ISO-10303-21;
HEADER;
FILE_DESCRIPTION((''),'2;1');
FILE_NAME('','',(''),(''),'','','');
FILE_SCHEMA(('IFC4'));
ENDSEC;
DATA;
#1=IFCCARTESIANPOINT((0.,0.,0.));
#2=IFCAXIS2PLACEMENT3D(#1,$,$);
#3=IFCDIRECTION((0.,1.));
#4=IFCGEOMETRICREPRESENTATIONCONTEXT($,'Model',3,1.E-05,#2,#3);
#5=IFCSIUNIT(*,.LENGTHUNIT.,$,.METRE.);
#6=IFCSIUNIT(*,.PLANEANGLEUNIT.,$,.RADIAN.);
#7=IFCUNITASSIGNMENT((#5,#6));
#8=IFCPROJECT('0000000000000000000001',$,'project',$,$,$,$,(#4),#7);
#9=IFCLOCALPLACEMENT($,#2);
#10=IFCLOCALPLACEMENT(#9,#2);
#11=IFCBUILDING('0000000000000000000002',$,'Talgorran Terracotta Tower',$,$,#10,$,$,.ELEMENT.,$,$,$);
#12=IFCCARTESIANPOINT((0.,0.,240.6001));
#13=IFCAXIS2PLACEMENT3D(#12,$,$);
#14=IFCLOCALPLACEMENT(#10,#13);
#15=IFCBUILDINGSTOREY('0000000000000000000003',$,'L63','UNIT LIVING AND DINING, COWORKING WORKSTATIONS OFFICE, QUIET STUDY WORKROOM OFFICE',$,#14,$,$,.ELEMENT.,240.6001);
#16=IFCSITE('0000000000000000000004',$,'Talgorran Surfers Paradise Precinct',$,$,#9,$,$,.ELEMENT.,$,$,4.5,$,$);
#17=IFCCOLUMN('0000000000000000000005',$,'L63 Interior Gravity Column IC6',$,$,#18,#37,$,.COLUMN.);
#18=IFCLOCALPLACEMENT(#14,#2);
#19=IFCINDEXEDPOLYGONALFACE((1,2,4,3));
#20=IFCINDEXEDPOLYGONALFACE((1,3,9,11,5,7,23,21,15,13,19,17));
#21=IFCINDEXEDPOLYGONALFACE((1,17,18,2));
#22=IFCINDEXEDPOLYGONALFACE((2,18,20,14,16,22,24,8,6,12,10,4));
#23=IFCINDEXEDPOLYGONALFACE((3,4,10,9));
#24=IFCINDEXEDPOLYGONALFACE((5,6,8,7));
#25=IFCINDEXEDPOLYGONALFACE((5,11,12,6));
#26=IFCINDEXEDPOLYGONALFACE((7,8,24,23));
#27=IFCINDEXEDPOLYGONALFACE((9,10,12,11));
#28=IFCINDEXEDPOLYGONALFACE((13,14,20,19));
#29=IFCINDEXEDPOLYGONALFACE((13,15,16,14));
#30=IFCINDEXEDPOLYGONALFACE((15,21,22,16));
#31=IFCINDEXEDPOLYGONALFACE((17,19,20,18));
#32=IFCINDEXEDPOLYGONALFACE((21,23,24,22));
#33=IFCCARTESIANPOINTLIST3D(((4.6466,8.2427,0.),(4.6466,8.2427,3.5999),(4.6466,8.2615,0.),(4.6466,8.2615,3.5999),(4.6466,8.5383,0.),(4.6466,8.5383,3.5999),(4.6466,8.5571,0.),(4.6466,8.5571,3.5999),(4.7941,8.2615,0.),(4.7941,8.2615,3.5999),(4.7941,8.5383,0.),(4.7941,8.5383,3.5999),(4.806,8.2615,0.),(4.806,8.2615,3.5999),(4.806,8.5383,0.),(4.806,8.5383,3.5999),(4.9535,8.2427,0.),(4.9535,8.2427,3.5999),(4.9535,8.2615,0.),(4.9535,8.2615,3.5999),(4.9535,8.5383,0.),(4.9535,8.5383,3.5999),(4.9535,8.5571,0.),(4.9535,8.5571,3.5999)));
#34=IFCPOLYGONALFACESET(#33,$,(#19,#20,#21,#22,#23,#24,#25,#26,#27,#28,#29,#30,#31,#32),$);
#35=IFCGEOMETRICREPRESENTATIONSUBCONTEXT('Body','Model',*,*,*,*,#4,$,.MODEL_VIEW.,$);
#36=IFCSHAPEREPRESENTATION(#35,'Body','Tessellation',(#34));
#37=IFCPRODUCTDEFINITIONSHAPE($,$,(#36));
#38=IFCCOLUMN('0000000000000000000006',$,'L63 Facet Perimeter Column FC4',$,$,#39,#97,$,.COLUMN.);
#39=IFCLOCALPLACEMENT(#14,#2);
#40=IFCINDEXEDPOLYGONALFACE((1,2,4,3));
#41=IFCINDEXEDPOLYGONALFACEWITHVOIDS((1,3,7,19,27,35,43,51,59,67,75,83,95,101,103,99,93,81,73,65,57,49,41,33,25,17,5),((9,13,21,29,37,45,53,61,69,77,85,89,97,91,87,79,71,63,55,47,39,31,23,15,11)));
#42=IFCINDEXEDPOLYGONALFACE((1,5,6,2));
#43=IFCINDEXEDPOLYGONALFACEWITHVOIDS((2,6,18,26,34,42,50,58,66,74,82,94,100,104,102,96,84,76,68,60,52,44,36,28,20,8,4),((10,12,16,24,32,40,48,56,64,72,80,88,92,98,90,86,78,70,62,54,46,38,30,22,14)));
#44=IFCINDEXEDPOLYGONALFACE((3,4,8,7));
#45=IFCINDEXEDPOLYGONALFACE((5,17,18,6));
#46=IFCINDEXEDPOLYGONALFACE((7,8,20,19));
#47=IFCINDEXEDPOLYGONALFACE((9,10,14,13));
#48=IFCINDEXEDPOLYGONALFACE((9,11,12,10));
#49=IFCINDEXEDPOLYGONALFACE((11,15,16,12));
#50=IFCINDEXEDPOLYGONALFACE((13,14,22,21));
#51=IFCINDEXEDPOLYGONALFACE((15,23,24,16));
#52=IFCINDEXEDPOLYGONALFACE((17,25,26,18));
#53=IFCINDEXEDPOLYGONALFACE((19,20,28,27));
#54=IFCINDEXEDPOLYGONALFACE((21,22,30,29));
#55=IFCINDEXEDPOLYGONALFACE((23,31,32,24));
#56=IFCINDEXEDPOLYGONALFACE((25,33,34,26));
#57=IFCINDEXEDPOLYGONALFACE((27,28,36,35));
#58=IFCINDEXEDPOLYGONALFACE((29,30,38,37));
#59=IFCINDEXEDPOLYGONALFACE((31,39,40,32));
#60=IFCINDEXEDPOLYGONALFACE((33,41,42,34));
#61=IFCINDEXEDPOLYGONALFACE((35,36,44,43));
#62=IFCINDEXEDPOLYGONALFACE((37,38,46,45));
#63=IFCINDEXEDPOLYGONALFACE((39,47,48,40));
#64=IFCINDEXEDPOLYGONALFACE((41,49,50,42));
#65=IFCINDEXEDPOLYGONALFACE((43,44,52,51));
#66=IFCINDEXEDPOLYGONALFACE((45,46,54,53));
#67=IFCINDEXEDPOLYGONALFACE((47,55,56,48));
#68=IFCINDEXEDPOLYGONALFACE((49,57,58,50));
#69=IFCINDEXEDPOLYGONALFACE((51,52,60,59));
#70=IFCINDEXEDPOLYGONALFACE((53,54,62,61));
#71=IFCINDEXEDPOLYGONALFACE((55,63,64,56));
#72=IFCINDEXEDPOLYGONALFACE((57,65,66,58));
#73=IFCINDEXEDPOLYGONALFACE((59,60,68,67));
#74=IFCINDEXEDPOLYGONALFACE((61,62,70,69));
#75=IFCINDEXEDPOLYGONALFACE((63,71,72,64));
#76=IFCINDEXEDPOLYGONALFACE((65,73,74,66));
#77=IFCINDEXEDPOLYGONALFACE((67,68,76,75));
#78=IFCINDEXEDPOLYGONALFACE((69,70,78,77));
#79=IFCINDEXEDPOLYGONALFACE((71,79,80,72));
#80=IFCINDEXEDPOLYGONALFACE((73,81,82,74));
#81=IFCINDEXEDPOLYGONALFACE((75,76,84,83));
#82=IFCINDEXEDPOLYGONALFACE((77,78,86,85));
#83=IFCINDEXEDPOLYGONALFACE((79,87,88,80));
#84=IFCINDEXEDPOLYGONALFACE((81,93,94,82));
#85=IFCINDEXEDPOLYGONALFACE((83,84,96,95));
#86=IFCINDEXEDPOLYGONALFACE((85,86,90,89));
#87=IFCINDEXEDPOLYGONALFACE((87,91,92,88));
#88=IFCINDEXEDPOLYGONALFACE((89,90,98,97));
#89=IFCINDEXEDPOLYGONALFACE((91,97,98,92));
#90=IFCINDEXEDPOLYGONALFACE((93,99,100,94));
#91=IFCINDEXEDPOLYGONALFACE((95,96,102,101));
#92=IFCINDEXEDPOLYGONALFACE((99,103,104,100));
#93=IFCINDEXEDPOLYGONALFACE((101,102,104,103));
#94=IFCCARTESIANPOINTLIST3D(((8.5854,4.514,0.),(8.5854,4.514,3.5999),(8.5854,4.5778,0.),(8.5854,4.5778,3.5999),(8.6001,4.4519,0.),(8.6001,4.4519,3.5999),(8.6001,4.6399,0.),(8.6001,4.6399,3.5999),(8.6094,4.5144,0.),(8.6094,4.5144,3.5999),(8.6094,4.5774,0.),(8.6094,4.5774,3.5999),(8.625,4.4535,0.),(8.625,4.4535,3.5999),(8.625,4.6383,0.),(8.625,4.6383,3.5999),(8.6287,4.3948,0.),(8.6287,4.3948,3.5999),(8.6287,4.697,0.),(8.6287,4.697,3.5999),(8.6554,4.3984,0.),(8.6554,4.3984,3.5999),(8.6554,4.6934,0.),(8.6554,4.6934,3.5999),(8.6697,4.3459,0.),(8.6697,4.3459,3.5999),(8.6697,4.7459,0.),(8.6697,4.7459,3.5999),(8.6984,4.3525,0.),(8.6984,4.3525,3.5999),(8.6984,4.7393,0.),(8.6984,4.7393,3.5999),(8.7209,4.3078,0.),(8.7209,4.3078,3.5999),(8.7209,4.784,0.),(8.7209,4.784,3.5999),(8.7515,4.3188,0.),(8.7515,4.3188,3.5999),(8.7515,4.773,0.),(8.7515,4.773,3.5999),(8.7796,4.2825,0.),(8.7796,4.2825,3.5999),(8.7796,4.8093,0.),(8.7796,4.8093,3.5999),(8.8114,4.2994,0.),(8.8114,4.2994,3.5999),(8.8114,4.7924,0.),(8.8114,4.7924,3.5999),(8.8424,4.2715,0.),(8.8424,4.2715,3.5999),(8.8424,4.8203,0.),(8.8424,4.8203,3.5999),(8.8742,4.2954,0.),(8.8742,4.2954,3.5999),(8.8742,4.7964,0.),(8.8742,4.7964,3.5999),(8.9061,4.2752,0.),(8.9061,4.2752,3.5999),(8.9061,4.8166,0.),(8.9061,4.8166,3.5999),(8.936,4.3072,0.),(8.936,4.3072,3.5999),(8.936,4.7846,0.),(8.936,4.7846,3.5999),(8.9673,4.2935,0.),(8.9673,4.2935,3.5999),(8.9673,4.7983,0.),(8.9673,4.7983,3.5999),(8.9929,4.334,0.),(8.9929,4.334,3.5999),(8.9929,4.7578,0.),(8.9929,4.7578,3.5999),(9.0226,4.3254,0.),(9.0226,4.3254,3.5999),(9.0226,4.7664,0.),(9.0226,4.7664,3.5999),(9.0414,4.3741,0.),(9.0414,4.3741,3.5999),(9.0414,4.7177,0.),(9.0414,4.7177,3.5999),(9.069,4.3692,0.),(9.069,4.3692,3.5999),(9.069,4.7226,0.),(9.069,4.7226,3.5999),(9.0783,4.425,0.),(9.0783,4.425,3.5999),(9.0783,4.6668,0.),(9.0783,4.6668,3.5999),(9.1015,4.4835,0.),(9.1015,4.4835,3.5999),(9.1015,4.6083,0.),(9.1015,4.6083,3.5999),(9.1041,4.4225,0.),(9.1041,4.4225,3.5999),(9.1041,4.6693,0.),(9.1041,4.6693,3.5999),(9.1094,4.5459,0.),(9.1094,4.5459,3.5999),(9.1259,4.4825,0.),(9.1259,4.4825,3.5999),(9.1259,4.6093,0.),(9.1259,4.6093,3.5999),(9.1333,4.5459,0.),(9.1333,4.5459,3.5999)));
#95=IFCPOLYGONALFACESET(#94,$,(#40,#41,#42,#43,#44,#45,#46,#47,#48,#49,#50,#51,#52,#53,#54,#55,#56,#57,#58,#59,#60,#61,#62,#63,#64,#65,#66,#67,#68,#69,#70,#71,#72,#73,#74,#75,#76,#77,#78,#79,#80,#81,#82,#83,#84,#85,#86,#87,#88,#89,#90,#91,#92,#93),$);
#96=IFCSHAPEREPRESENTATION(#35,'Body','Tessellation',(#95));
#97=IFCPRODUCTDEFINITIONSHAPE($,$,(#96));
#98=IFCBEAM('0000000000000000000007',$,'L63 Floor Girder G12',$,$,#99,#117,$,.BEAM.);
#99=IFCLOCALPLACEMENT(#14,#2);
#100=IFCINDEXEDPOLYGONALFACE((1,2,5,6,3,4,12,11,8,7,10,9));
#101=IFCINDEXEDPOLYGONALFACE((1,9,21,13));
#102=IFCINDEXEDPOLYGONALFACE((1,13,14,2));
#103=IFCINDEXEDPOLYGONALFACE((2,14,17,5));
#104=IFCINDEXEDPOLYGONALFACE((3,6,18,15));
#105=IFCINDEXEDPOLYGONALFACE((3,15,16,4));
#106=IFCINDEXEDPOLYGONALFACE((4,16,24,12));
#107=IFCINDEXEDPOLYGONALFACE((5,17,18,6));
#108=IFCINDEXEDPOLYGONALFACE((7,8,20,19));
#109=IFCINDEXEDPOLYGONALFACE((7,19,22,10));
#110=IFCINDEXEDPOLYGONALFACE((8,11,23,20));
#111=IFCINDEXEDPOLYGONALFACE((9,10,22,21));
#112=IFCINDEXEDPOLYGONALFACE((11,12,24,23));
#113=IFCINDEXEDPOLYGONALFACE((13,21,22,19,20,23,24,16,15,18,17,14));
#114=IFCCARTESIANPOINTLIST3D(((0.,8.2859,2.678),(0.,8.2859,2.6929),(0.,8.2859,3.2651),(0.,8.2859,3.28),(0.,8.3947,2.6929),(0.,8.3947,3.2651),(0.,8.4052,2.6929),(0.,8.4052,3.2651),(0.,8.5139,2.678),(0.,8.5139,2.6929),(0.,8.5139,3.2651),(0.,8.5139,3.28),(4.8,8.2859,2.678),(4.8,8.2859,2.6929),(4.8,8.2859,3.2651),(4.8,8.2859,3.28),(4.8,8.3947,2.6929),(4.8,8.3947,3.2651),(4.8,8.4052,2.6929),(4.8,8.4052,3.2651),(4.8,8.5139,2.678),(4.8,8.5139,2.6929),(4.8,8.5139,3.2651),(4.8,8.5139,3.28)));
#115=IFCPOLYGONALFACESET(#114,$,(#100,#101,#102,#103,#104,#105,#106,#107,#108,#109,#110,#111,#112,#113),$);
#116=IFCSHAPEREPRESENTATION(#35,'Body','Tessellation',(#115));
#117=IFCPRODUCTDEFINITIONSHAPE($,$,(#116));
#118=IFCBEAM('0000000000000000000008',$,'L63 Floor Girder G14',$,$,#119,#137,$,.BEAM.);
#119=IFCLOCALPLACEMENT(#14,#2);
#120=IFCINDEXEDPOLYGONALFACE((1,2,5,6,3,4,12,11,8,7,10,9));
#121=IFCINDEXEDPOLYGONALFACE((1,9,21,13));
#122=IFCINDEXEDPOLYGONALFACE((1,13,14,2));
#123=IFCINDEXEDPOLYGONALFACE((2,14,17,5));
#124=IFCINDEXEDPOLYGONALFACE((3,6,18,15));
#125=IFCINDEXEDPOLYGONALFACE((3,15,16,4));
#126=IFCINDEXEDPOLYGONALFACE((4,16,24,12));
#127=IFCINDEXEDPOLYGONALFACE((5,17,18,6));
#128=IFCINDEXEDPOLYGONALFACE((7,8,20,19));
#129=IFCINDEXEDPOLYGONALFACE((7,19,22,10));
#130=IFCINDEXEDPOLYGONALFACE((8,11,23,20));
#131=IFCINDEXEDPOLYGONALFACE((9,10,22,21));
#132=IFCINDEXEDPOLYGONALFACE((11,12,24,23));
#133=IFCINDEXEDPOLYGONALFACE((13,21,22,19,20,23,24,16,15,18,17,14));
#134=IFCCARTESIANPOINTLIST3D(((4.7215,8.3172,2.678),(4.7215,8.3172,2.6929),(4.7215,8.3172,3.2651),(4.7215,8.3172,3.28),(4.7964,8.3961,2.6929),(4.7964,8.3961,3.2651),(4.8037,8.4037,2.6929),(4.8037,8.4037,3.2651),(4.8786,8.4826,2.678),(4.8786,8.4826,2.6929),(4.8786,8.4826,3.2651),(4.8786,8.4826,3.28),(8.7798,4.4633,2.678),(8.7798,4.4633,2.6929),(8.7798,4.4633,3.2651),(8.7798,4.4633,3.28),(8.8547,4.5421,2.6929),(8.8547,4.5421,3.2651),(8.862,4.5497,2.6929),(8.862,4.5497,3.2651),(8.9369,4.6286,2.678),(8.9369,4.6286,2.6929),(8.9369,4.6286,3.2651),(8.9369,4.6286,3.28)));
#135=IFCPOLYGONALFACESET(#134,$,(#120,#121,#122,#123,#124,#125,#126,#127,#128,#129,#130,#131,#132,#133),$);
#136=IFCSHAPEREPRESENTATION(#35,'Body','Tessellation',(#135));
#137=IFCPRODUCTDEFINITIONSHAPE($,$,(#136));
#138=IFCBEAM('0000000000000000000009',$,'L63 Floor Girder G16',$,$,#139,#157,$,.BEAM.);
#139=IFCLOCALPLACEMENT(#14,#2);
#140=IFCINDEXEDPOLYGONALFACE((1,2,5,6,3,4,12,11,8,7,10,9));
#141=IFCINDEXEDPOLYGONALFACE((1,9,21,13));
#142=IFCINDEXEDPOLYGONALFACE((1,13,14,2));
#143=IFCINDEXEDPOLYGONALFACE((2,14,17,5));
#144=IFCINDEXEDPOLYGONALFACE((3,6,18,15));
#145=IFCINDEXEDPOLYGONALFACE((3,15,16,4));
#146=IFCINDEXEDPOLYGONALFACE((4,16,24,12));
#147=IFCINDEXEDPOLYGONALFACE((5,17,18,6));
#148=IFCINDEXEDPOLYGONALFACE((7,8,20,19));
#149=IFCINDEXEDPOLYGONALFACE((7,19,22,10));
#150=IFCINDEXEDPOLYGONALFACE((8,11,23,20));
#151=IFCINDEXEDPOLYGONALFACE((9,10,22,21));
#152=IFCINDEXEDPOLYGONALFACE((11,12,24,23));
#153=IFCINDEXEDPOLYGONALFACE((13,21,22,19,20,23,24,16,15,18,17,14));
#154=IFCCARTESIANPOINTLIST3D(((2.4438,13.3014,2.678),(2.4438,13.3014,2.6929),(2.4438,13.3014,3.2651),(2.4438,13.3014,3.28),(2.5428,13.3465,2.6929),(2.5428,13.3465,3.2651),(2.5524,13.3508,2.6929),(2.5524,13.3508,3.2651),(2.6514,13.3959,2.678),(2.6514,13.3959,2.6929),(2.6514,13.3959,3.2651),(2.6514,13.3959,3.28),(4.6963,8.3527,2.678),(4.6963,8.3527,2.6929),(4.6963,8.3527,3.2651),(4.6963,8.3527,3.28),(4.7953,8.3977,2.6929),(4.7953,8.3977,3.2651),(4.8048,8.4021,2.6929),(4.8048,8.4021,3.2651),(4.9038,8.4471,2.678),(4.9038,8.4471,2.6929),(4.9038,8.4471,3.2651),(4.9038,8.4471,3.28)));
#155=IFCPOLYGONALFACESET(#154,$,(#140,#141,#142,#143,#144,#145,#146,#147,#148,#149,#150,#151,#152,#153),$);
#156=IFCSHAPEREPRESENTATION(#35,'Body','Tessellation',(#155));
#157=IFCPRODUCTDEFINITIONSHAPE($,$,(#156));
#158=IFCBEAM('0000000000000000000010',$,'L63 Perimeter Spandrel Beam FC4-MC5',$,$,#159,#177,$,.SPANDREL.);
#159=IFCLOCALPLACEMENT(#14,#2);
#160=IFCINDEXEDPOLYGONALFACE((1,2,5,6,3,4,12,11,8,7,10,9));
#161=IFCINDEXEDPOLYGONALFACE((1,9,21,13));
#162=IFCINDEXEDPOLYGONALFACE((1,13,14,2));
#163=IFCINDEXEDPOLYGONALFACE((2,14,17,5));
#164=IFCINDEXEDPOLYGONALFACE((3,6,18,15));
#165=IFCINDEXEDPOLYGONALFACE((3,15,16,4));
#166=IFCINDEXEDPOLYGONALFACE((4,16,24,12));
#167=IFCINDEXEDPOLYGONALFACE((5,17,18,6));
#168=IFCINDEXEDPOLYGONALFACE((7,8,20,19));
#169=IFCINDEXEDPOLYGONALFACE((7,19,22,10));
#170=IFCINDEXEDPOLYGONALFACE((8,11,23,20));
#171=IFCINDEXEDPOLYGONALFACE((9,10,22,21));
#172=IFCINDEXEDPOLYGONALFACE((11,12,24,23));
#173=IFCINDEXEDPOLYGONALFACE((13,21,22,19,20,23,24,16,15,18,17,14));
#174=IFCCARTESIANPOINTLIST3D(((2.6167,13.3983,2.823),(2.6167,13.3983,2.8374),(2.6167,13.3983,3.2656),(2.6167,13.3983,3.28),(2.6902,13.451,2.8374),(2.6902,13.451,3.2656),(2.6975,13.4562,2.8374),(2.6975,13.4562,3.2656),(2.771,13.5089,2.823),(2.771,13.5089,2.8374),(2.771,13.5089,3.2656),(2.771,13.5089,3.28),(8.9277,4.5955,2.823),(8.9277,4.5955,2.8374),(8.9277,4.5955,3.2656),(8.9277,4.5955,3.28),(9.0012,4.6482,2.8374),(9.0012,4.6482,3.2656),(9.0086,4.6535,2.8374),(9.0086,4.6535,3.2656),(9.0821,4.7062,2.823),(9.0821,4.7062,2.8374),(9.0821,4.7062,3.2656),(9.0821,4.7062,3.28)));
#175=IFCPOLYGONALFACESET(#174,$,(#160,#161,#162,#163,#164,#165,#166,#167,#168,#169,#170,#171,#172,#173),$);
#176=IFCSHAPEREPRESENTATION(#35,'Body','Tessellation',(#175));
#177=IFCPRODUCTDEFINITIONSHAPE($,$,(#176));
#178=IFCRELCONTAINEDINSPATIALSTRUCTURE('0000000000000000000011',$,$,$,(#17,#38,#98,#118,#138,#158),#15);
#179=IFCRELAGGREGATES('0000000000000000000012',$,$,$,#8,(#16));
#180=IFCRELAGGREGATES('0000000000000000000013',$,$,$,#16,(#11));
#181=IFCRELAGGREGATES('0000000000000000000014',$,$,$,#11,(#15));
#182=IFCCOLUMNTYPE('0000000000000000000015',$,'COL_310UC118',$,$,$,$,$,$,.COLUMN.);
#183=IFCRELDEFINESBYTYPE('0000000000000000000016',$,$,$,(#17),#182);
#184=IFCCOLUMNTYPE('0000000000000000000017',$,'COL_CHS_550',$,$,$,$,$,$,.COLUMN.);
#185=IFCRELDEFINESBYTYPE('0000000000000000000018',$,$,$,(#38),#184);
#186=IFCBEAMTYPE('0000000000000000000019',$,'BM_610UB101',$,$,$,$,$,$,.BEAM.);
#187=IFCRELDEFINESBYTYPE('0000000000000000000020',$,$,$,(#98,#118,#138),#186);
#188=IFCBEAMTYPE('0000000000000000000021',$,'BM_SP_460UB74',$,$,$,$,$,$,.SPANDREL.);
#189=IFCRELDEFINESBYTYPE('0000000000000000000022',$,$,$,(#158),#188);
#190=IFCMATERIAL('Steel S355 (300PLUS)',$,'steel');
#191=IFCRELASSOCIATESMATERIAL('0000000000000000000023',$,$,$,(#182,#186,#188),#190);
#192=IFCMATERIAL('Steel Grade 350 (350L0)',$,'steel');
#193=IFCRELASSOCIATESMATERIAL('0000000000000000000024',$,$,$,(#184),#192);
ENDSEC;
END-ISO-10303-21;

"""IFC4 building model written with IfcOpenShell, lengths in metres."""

from ifc_helpers import new_model, si_unit, direction, frame, origin, origin_2d, place, context, subcontext, project, spatial, hollow_circle, i_section, extrude, material, material_profile, profile_set, type_object, element, save


model = new_model("IFC4")

# Units and contexts
model_context = context("Model", 3, precision=1e-05, world=origin(), true_north=direction((0.0, 1.0)))
body_context = subcontext(model_context, "Body", "Model", "MODEL_VIEW")
ifc_project = project(units=[si_unit("LENGTHUNIT", "METRE"), si_unit("PLANEANGLEUNIT", "RADIAN")], contexts=[model_context])

# Site, building, storey
site_placement = place(None, origin())
site = spatial("IfcSite", under=ifc_project, at=site_placement, Name="Talgorran Surfers Paradise Precinct", CompositionType="ELEMENT", RefElevation=4.5)
building_placement = place(site_placement, origin())
building = spatial("IfcBuilding", under=site, at=building_placement, Name="Talgorran Terracotta Tower", CompositionType="ELEMENT")
storey_placement = place(building_placement, frame((0.0, 0.0, 240.6001)))
storey = spatial("IfcBuildingStorey", under=building, at=storey_placement, Name="L63", Description="UNIT LIVING AND DINING, COWORKING WORKSTATIONS OFFICE, QUIET STUDY WORKROOM OFFICE", CompositionType="ELEMENT", Elevation=240.6001)

# Columns
ifc_material_1 = material(Name="Steel S355 (300PLUS)", Category="steel")
ifc_material_profile_1 = material_profile(ifc_material_1, i_section(OverallWidth=0.3069, OverallDepth=0.3145, WebThickness=0.012, FlangeThickness=0.0188, at=origin_2d()), Name="310UC118")
ifc_profile_set_1 = profile_set([ifc_material_profile_1], Name="Steel S355 (300PLUS)")
column_type_1 = type_object("IfcColumnType", Name="COL_310UC118", PredefinedType="COLUMN", material=ifc_profile_set_1)
column_1_placement = place(storey_placement, frame((4.8, 8.3999, 0.0), z_axis=(0.0, 0.0, 1.0), x_axis=(1.0, 0.0, 0.0)))
element("IfcColumn", 1, at=column_1_placement, inside=storey, type_object=column_type_1, Name="L63 Interior Gravity Column IC6", PredefinedType="COLUMN", context=body_context, shape_type="SweptSolid", body=[
    extrude(i_section(OverallWidth=0.3069, OverallDepth=0.3145, WebThickness=0.012, FlangeThickness=0.0188, at=origin_2d()), origin(), (0.0, 0.0, 1.0), 3.5999),
])
ifc_material_2 = material(Name="Steel Grade 350 (350L0)", Category="steel")
ifc_material_profile_2 = material_profile(ifc_material_2, hollow_circle(Radius=0.2749, WallThickness=0.0239, at=origin_2d()), Name="CHS550X24")
ifc_profile_set_2 = profile_set([ifc_material_profile_2], Name="Steel Grade 350 (350L0)")
column_type_2 = type_object("IfcColumnType", Name="COL_CHS_550", PredefinedType="COLUMN", material=ifc_profile_set_2)
column_2_placement = place(storey_placement, frame((8.8584, 4.5459, 0.0), z_axis=(0.0, 0.0, 1.0), x_axis=(1.0, 0.0, 0.0)))
element("IfcColumn", 2, at=column_2_placement, inside=storey, type_object=column_type_2, Name="L63 Facet Perimeter Column FC4", PredefinedType="COLUMN", context=body_context, shape_type="SweptSolid", body=[
    extrude(hollow_circle(Radius=0.2749, WallThickness=0.0239, at=origin_2d()), origin(), (0.0, 0.0, 1.0), 3.5999),
])

# Beams
ifc_material_profile_3 = material_profile(ifc_material_1, i_section(OverallWidth=0.228, OverallDepth=0.6021, WebThickness=0.0105, FlangeThickness=0.0149, at=origin_2d()), Name="610UB101")
ifc_profile_set_3 = profile_set([ifc_material_profile_3], Name="Steel S355 (300PLUS)")
beam_type_1 = type_object("IfcBeamType", Name="BM_610UB101", PredefinedType="BEAM", material=ifc_profile_set_3)
beam_1_placement = place(storey_placement, frame((0.0, 8.3999, 2.979), z_axis=(1.0, 0.0, 0.0), x_axis=(0.0, 1.0, 0.0)))
element("IfcBeam", 3, at=beam_1_placement, inside=storey, type_object=beam_type_1, Name="L63 Floor Girder G12", PredefinedType="BEAM", context=body_context, shape_type="SweptSolid", body=[
    extrude(i_section(OverallWidth=0.228, OverallDepth=0.6021, WebThickness=0.0105, FlangeThickness=0.0149, at=origin_2d()), origin(), (0.0, 0.0, 1.0), 4.8),
])
beam_2_placement = place(storey_placement, frame((4.8, 8.3999, 2.979), z_axis=(0.725127, -0.688615, 0.0), x_axis=(0.688615, 0.725127, 0.0)))
element("IfcBeam", 4, at=beam_2_placement, inside=storey, type_object=beam_type_1, Name="L63 Floor Girder G14", PredefinedType="BEAM", context=body_context, shape_type="SweptSolid", body=[
    extrude(i_section(OverallWidth=0.228, OverallDepth=0.6021, WebThickness=0.0105, FlangeThickness=0.0149, at=origin_2d()), origin(), (0.0, 0.0, 1.0), 5.5967),
])
beam_3_placement = place(storey_placement, frame((4.8, 8.3999, 2.979), z_axis=(-0.414263, 0.910157, 0.0), x_axis=(-0.910157, -0.414263, 0.0)))
element("IfcBeam", 5, at=beam_3_placement, inside=storey, type_object=beam_type_1, Name="L63 Floor Girder G16", PredefinedType="BEAM", context=body_context, shape_type="SweptSolid", body=[
    extrude(i_section(OverallWidth=0.228, OverallDepth=0.6021, WebThickness=0.0105, FlangeThickness=0.0149, at=origin_2d()), origin(), (0.0, 0.0, 1.0), 5.4373),
])
ifc_material_profile_4 = material_profile(ifc_material_1, i_section(OverallWidth=0.1899, OverallDepth=0.457, WebThickness=0.009, FlangeThickness=0.0144, at=origin_2d()), Name="460UB74.6")
ifc_profile_set_4 = profile_set([ifc_material_profile_4], Name="Steel S355 (300PLUS)")
beam_type_2 = type_object("IfcBeamType", Name="BM_SP_460UB74", PredefinedType="SPANDREL", material=ifc_profile_set_4)
beam_4_placement = place(storey_placement, frame((9.0049, 4.6509, 3.0515), z_axis=(-0.582666, 0.812712, 0.0), x_axis=(-0.812712, -0.582666, 0.0)))
element("IfcBeam", 6, at=beam_4_placement, inside=storey, type_object=beam_type_2, Name="L63 Perimeter Spandrel Beam FC4-MC5", PredefinedType="SPANDREL", context=body_context, shape_type="SweptSolid", body=[
    extrude(i_section(OverallWidth=0.1899, OverallDepth=0.457, WebThickness=0.009, FlangeThickness=0.0144, at=origin_2d()), origin(), (0.0, 0.0, 1.0), 10.8313),
])

save(model, "model.ifc")
